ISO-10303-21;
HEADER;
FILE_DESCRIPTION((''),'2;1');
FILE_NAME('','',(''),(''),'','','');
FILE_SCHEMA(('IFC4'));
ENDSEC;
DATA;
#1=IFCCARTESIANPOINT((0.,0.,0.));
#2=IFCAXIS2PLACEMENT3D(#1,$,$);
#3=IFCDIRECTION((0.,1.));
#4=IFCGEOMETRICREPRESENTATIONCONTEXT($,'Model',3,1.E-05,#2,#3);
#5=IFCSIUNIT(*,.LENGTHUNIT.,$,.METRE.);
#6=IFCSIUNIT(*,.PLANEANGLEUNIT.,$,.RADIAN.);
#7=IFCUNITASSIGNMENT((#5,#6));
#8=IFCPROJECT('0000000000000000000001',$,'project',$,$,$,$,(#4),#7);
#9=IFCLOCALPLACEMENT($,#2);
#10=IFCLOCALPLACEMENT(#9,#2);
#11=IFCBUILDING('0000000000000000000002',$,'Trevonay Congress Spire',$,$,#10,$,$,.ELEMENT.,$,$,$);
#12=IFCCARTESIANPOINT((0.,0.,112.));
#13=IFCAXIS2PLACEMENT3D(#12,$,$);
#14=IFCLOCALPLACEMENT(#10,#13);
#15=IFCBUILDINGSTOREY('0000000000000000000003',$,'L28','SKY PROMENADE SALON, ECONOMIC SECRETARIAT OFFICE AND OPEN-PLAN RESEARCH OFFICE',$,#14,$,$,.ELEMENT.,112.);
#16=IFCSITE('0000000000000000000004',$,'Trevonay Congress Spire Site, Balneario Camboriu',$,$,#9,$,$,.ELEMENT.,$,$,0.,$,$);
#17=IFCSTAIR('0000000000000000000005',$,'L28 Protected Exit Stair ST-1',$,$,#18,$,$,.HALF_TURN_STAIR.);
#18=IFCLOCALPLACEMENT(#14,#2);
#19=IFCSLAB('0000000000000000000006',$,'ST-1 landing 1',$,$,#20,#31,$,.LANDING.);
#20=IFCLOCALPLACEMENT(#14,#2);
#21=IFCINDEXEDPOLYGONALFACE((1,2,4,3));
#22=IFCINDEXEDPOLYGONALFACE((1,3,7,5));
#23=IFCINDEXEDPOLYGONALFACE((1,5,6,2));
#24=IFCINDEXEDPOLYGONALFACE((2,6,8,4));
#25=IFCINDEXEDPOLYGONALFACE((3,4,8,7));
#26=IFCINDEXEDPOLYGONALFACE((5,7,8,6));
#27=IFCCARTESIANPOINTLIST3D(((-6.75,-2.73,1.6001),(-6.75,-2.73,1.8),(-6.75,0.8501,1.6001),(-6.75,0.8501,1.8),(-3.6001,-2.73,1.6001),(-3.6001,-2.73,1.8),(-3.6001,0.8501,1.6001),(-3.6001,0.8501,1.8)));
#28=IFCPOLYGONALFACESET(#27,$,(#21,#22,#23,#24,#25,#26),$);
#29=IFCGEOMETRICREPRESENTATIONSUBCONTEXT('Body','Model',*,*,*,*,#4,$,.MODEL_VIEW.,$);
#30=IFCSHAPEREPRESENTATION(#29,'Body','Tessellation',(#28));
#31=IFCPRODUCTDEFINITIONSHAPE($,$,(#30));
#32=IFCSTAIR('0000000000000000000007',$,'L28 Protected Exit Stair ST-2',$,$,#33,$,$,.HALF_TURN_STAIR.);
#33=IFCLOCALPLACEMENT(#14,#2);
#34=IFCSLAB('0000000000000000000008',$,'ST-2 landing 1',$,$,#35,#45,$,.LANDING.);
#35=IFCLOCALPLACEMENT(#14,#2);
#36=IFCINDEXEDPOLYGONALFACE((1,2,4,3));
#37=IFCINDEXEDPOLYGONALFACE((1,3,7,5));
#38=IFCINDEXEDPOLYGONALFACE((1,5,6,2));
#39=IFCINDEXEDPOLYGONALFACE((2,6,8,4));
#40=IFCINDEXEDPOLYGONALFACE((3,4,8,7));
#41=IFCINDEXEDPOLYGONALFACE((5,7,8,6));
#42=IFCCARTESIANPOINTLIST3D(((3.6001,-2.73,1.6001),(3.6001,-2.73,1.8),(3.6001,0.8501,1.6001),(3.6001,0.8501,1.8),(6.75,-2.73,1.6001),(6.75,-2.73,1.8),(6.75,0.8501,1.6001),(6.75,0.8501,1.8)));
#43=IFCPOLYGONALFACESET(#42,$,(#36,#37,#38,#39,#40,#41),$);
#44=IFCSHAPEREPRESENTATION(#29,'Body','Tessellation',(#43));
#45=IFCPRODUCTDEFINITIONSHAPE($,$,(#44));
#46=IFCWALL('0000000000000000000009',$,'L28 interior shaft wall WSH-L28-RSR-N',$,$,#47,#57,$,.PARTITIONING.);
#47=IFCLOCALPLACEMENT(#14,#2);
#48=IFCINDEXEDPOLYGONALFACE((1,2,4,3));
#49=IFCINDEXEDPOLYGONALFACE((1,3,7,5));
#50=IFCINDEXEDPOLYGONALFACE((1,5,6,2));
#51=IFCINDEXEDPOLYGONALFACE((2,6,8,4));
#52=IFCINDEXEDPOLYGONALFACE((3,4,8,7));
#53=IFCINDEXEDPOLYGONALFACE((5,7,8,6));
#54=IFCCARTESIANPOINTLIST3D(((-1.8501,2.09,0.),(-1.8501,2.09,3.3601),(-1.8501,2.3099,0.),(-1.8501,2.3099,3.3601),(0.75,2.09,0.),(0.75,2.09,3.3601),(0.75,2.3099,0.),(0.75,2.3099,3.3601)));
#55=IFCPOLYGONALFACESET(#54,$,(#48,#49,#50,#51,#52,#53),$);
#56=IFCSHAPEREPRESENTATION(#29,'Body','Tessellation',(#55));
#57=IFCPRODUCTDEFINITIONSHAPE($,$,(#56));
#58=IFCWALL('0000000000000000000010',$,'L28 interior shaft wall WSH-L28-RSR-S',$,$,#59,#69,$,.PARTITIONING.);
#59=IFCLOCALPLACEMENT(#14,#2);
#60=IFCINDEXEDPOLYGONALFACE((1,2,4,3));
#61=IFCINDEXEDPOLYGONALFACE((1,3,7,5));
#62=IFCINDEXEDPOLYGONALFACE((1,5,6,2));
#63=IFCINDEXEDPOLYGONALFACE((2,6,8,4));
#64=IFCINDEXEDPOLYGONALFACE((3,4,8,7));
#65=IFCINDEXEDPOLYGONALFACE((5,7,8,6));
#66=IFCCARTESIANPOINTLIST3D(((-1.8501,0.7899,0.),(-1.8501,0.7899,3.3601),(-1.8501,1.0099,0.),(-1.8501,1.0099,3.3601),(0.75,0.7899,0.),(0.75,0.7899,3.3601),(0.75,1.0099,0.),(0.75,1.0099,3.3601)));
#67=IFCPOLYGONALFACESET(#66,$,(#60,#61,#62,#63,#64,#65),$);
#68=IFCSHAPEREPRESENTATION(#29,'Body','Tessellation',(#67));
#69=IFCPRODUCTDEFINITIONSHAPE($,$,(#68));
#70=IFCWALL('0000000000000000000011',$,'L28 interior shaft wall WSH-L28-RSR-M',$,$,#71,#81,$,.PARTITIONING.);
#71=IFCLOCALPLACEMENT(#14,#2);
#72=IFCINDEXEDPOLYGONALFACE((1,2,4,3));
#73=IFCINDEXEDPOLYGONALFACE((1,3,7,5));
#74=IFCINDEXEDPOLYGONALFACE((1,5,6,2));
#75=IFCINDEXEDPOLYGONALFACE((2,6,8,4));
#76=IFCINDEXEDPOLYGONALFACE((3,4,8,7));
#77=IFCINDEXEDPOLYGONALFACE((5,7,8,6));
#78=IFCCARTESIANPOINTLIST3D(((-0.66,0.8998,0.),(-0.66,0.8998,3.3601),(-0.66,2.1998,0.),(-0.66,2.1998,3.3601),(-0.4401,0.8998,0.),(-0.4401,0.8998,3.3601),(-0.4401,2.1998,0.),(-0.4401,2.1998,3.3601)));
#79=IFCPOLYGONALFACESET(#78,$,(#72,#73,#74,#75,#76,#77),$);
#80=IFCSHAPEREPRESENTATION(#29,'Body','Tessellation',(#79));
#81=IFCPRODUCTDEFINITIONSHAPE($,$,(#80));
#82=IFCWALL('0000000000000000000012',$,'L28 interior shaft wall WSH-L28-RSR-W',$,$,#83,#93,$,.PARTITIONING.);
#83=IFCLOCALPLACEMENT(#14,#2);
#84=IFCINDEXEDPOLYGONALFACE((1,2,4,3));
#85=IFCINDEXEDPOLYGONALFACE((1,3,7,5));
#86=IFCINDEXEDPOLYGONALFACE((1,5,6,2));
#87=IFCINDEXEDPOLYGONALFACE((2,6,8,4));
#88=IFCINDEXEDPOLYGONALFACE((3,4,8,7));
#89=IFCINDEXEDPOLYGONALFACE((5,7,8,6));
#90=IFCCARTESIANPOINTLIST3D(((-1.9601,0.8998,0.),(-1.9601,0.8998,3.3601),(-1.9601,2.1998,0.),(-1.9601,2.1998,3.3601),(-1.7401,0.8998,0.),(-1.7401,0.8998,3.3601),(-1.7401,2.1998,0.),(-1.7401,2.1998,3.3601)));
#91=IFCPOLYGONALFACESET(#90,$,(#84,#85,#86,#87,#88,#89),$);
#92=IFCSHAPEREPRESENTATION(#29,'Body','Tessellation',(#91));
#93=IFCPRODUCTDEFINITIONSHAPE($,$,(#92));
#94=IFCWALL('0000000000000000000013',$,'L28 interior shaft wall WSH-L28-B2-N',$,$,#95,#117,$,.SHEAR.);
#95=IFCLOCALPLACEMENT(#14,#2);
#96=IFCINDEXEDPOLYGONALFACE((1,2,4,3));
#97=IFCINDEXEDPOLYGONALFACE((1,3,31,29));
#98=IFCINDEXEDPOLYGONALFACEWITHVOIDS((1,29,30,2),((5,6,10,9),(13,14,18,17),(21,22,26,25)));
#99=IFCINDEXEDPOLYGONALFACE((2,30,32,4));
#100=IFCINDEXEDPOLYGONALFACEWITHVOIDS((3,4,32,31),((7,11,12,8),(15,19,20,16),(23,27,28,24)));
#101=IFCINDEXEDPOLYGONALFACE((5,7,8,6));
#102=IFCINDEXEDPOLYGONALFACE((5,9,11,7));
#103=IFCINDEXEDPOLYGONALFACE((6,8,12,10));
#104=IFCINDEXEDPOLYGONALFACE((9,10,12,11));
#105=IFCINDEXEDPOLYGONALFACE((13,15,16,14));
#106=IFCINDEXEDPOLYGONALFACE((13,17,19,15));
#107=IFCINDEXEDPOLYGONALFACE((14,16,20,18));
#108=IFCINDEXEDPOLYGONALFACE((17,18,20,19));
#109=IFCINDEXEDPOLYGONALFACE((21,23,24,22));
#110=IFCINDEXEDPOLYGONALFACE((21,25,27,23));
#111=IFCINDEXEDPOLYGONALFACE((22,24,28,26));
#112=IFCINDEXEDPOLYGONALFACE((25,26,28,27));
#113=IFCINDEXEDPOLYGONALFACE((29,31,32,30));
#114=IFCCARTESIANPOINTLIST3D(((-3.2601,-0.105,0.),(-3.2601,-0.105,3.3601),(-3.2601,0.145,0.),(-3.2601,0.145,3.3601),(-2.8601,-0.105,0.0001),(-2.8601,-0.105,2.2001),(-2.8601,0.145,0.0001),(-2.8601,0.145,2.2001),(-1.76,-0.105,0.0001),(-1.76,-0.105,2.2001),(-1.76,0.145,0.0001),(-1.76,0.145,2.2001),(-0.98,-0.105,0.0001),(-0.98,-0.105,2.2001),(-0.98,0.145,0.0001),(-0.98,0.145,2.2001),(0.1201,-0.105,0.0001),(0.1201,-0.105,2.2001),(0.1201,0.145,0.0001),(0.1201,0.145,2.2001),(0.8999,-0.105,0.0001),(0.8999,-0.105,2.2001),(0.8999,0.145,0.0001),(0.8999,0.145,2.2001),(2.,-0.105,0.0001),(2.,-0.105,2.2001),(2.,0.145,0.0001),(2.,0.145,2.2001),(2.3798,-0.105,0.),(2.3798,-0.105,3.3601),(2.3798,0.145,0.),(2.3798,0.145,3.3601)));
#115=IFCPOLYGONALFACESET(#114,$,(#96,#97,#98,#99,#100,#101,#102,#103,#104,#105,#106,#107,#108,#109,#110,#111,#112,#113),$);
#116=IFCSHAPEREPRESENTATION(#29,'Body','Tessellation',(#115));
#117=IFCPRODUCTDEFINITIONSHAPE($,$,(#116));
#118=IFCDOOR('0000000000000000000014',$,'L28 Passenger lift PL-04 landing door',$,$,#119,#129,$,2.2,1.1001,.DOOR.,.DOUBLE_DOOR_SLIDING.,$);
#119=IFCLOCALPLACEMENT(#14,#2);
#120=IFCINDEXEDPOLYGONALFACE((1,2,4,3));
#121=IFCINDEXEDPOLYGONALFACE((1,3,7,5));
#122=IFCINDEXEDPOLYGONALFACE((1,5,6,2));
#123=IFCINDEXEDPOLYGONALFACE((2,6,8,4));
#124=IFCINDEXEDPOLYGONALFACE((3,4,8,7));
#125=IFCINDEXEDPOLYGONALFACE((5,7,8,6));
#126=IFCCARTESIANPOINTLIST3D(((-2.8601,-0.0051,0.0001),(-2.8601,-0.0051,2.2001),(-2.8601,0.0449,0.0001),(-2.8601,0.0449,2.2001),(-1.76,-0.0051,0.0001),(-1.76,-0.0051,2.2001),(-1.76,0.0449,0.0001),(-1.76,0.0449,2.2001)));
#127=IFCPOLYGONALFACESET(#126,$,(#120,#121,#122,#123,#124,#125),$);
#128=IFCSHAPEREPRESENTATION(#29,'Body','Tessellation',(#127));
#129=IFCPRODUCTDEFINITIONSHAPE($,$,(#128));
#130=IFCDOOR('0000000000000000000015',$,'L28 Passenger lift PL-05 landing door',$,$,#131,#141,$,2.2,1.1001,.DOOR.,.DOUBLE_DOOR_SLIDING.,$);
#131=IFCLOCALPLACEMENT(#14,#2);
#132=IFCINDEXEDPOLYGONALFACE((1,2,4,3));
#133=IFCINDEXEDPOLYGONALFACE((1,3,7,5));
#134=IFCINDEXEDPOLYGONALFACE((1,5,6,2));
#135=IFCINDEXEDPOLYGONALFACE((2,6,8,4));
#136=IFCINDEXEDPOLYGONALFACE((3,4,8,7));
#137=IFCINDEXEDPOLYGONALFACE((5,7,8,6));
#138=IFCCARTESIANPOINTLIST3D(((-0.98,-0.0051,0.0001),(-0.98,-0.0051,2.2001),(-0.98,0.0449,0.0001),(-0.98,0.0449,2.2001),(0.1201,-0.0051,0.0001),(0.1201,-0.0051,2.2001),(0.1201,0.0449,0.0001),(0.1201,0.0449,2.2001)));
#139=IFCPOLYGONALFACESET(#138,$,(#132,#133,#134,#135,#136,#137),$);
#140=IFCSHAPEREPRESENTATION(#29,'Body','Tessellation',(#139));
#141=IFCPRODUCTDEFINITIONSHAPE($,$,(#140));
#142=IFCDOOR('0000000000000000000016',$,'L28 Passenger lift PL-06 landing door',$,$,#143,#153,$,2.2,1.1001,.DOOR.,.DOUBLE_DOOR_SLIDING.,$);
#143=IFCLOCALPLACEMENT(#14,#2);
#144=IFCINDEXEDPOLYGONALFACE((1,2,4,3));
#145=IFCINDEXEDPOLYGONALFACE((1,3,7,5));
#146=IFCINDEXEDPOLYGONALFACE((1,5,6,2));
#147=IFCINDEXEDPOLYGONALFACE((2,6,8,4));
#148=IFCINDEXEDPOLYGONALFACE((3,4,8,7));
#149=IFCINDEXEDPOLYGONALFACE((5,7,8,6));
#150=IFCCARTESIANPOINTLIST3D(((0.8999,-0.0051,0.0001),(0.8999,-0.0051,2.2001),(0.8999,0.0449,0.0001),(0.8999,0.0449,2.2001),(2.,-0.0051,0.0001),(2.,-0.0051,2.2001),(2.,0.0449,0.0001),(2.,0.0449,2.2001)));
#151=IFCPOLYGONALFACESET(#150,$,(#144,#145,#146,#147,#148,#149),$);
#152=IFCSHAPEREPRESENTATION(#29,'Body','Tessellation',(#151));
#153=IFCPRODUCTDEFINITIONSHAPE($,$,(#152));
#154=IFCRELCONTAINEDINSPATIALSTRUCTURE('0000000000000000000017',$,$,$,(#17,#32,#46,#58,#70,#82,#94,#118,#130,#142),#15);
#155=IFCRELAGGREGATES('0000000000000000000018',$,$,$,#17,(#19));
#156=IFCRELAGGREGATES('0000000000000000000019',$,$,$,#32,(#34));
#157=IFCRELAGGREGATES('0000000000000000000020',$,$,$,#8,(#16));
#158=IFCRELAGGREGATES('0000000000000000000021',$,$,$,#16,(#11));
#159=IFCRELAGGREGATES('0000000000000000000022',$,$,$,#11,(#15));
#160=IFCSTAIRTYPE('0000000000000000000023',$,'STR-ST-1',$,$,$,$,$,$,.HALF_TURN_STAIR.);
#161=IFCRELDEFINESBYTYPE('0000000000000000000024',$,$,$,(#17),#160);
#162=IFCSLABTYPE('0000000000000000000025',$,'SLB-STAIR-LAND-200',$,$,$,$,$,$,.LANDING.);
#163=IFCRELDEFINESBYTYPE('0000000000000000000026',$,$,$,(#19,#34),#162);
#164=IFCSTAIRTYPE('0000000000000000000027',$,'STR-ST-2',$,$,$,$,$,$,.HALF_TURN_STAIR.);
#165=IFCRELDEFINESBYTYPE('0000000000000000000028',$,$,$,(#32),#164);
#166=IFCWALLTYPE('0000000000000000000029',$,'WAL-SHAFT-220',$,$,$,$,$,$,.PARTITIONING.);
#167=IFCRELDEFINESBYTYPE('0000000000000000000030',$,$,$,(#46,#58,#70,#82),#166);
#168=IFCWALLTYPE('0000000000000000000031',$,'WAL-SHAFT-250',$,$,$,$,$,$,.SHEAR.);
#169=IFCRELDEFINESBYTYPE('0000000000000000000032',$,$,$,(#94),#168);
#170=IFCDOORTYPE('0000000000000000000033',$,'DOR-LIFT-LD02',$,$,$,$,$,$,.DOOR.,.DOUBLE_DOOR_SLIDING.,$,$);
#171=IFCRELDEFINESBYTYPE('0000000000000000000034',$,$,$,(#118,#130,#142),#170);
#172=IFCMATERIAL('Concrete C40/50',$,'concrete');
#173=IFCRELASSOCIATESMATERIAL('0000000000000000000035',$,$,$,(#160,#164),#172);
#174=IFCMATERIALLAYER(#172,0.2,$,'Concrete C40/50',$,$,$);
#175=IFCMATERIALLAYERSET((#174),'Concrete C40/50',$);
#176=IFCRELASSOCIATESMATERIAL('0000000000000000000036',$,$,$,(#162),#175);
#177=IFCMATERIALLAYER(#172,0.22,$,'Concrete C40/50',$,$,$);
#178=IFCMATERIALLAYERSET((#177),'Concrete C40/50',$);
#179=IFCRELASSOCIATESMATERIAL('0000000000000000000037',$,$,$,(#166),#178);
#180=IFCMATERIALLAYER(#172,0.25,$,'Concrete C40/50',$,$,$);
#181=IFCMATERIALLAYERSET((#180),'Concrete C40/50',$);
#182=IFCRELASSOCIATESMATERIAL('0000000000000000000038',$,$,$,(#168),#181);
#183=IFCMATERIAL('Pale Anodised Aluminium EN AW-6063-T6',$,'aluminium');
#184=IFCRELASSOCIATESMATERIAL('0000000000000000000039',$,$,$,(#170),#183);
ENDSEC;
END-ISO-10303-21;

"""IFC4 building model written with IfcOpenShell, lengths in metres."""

from ifc_helpers import new_model, si_unit, direction, frame, frame_2d, origin, place, context, subcontext, project, spatial, polyline, rectangle, outline, extrude, material, layer, layer_set, type_object, element, fill, aggregate, save


model = new_model("IFC4")

# Units and contexts
model_context = context("Model", 3, precision=1e-05, world=origin(), true_north=direction((0.0, 1.0)))
body_context = subcontext(model_context, "Body", "Model", "MODEL_VIEW")
ifc_project = project(units=[si_unit("LENGTHUNIT", "METRE"), si_unit("PLANEANGLEUNIT", "RADIAN")], contexts=[model_context])

# Site, building, storey
site_placement = place(None, origin())
site = spatial("IfcSite", under=ifc_project, at=site_placement, Name="Trevonay Congress Spire Site, Balneario Camboriu", CompositionType="ELEMENT", RefElevation=0.0)
building_placement = place(site_placement, origin())
building = spatial("IfcBuilding", under=site, at=building_placement, Name="Trevonay Congress Spire", CompositionType="ELEMENT")
storey_placement = place(building_placement, frame((0.0, 0.0, 112.0)))
storey = spatial("IfcBuildingStorey", under=building, at=storey_placement, Name="L28", Description="SKY PROMENADE SALON, ECONOMIC SECRETARIAT OFFICE AND OPEN-PLAN RESEARCH OFFICE", CompositionType="ELEMENT", Elevation=112.0)

# Stairs, slabs
ifc_material_1 = material(Name="Concrete C40/50", Category="concrete")
stair_type_1 = type_object("IfcStairType", Name="STR-ST-1", PredefinedType="HALF_TURN_STAIR", material=ifc_material_1)
stair_1_placement = place(storey_placement, origin())
stair_1 = element("IfcStair", 1, at=stair_1_placement, inside=storey, type_object=stair_type_1, Name="L28 Protected Exit Stair ST-1", PredefinedType="HALF_TURN_STAIR")
ifc_layer_1 = layer(ifc_material_1, 0.2, Name="Concrete C40/50")
ifc_layer_set_1 = layer_set([ifc_layer_1], Name="Concrete C40/50")
slab_type = type_object("IfcSlabType", Name="SLB-STAIR-LAND-200", PredefinedType="LANDING", material=ifc_layer_set_1)
slab_1_placement = place(storey_placement, frame((0.0, 0.0, 1.6001)))
slab_1 = element("IfcSlab", 2, at=slab_1_placement, type_object=slab_type, Name="ST-1 landing 1", PredefinedType="LANDING", context=body_context, shape_type="SweptSolid", body=[
    extrude(outline(polyline([(-3.6001, -2.73), (-3.6001, 0.8501), (-6.75, 0.8501), (-6.75, -2.73), (-3.6001, -2.73)])), origin(), (0.0, 0.0, 1.0), 0.2),
])
aggregate(stair_1, [slab_1])
stair_type_2 = type_object("IfcStairType", Name="STR-ST-2", PredefinedType="HALF_TURN_STAIR", material=ifc_material_1)
stair_2_placement = place(storey_placement, origin())
stair_2 = element("IfcStair", 3, at=stair_2_placement, inside=storey, type_object=stair_type_2, Name="L28 Protected Exit Stair ST-2", PredefinedType="HALF_TURN_STAIR")
slab_2_placement = place(storey_placement, frame((0.0, 0.0, 1.6001)))
slab_2 = element("IfcSlab", 4, at=slab_2_placement, type_object=slab_type, Name="ST-2 landing 1", PredefinedType="LANDING", context=body_context, shape_type="SweptSolid", body=[
    extrude(outline(polyline([(6.75, -2.73), (6.75, 0.8501), (3.6001, 0.8501), (3.6001, -2.73), (6.75, -2.73)])), origin(), (0.0, 0.0, 1.0), 0.2),
])
aggregate(stair_2, [slab_2])

# Walls
ifc_layer_2 = layer(ifc_material_1, 0.22, Name="Concrete C40/50")
ifc_layer_set_2 = layer_set([ifc_layer_2], Name="Concrete C40/50")
wall_type_1 = type_object("IfcWallType", Name="WAL-SHAFT-220", PredefinedType="PARTITIONING", material=ifc_layer_set_2)
for number, where, z_axis, x_axis, name in (
    (5, (-1.8501, 2.2, 0.0), (0.0, 0.0, 1.0), (1.0, 0.0, 0.0), "L28 interior shaft wall WSH-L28-RSR-N"),
    (6, (-1.8501, 0.8999, 0.0), (0.0, 0.0, 1.0), (1.0, 0.0, 0.0), "L28 interior shaft wall WSH-L28-RSR-S"),
):
    element("IfcWall", number, at=place(storey_placement, frame(where, z_axis=z_axis, x_axis=x_axis)), inside=storey, type_object=wall_type_1, Name=name, PredefinedType="PARTITIONING", context=body_context, shape_type="SweptSolid", body=[
        extrude(rectangle(XDim=2.6001, YDim=0.22, at=frame_2d((1.3, 0.0))), origin(), (0.0, 0.0, 1.0), 3.3601),
    ])
for number, where, z_axis, x_axis, name in (
    (7, (-0.55, 0.8999, 0.0), (0.0, 0.0, 1.0), (0.0, 1.0, 0.0), "L28 interior shaft wall WSH-L28-RSR-M"),
    (8, (-1.8501, 0.8999, 0.0), (0.0, 0.0, 1.0), (0.0, 1.0, 0.0), "L28 interior shaft wall WSH-L28-RSR-W"),
):
    element("IfcWall", number, at=place(storey_placement, frame(where, z_axis=z_axis, x_axis=x_axis)), inside=storey, type_object=wall_type_1, Name=name, PredefinedType="PARTITIONING", context=body_context, shape_type="SweptSolid", body=[
        extrude(rectangle(XDim=1.3, YDim=0.22, at=frame_2d((0.6499, 0.0))), origin(), (0.0, 0.0, 1.0), 3.3601),
    ])

# Wall, openings, doors
ifc_layer_3 = layer(ifc_material_1, 0.25, Name="Concrete C40/50")
ifc_layer_set_3 = layer_set([ifc_layer_3], Name="Concrete C40/50")
wall_type_2 = type_object("IfcWallType", Name="WAL-SHAFT-250", PredefinedType="SHEAR", material=ifc_layer_set_3)
wall_1_placement = place(storey_placement, frame((-3.26, 0.02, 0.0), z_axis=(0.0, 0.0, 1.0), x_axis=(1.0, 0.0, 0.0)))
wall_1 = element("IfcWall", 9, at=wall_1_placement, inside=storey, type_object=wall_type_2, Name="L28 interior shaft wall WSH-L28-B2-N", PredefinedType="SHEAR", context=body_context, shape_type="SweptSolid", body=[
    extrude(rectangle(XDim=5.6399, YDim=0.25, at=frame_2d((2.8198, 0.0))), origin(), (0.0, 0.0, 1.0), 3.3601),
])
opening_1_placement = place(wall_1_placement, frame((0.3999, 0.0, 0.0)))
opening_1 = element("IfcOpeningElement", 10, at=opening_1_placement, cuts=wall_1, PredefinedType="OPENING", context=body_context, shape_type="SweptSolid", body=[
    extrude(rectangle(XDim=1.1001, YDim=2.2, at=frame_2d((0.55, 1.1001))), frame((0.0, 0.135, 0.0), z_axis=(0.0, -1.0, 0.0), x_axis=(1.0, 0.0, 0.0)), (0.0, 0.0, 1.0), 0.27),
])
opening_2_placement = place(wall_1_placement, frame((2.28, 0.0, 0.0)))
opening_2 = element("IfcOpeningElement", 11, at=opening_2_placement, cuts=wall_1, PredefinedType="OPENING", context=body_context, shape_type="SweptSolid", body=[
    extrude(rectangle(XDim=1.1001, YDim=2.2, at=frame_2d((0.55, 1.1001))), frame((0.0, 0.135, 0.0), z_axis=(0.0, -1.0, 0.0), x_axis=(1.0, 0.0, 0.0)), (0.0, 0.0, 1.0), 0.27),
])
opening_3_placement = place(wall_1_placement, frame((4.1599, 0.0, 0.0)))
opening_3 = element("IfcOpeningElement", 12, at=opening_3_placement, cuts=wall_1, PredefinedType="OPENING", context=body_context, shape_type="SweptSolid", body=[
    extrude(rectangle(XDim=1.1001, YDim=2.2, at=frame_2d((0.55, 1.1001))), frame((0.0, 0.135, 0.0), z_axis=(0.0, -1.0, 0.0), x_axis=(1.0, 0.0, 0.0)), (0.0, 0.0, 1.0), 0.27),
])
ifc_material_2 = material(Name="Pale Anodised Aluminium EN AW-6063-T6", Category="aluminium")
door_type_1 = type_object("IfcDoorType", Name="DOR-LIFT-LD02", OperationType="DOUBLE_DOOR_SLIDING", PredefinedType="DOOR", material=ifc_material_2)
door_1_placement = place(opening_1_placement, origin())
door_1 = element("IfcDoor", 13, at=door_1_placement, inside=storey, type_object=door_type_1, Name="L28 Passenger lift PL-04 landing door", OperationType="DOUBLE_DOOR_SLIDING", OverallHeight=2.2, OverallWidth=1.1001, PredefinedType="DOOR", context=body_context, shape_type="SweptSolid", body=[
    extrude(rectangle(XDim=1.1001, YDim=2.2, at=frame_2d((0.55, 1.1001))), frame((0.0, 0.0249, 0.0), z_axis=(0.0, -1.0, 0.0), x_axis=(1.0, 0.0, 0.0)), (0.0, 0.0, 1.0), 0.05),
])
fill(opening_1, door_1)
door_2_placement = place(opening_2_placement, origin())
door_2 = element("IfcDoor", 14, at=door_2_placement, inside=storey, type_object=door_type_1, Name="L28 Passenger lift PL-05 landing door", OperationType="DOUBLE_DOOR_SLIDING", OverallHeight=2.2, OverallWidth=1.1001, PredefinedType="DOOR", context=body_context, shape_type="SweptSolid", body=[
    extrude(rectangle(XDim=1.1001, YDim=2.2, at=frame_2d((0.55, 1.1001))), frame((0.0, 0.0249, 0.0), z_axis=(0.0, -1.0, 0.0), x_axis=(1.0, 0.0, 0.0)), (0.0, 0.0, 1.0), 0.05),
])
fill(opening_2, door_2)
door_3_placement = place(opening_3_placement, origin())
door_3 = element("IfcDoor", 15, at=door_3_placement, inside=storey, type_object=door_type_1, Name="L28 Passenger lift PL-06 landing door", OperationType="DOUBLE_DOOR_SLIDING", OverallHeight=2.2, OverallWidth=1.1001, PredefinedType="DOOR", context=body_context, shape_type="SweptSolid", body=[
    extrude(rectangle(XDim=1.1001, YDim=2.2, at=frame_2d((0.55, 1.1001))), frame((0.0, 0.0249, 0.0), z_axis=(0.0, -1.0, 0.0), x_axis=(1.0, 0.0, 0.0)), (0.0, 0.0, 1.0), 0.05),
])
fill(opening_3, door_3)

save(model, "model.ifc")
